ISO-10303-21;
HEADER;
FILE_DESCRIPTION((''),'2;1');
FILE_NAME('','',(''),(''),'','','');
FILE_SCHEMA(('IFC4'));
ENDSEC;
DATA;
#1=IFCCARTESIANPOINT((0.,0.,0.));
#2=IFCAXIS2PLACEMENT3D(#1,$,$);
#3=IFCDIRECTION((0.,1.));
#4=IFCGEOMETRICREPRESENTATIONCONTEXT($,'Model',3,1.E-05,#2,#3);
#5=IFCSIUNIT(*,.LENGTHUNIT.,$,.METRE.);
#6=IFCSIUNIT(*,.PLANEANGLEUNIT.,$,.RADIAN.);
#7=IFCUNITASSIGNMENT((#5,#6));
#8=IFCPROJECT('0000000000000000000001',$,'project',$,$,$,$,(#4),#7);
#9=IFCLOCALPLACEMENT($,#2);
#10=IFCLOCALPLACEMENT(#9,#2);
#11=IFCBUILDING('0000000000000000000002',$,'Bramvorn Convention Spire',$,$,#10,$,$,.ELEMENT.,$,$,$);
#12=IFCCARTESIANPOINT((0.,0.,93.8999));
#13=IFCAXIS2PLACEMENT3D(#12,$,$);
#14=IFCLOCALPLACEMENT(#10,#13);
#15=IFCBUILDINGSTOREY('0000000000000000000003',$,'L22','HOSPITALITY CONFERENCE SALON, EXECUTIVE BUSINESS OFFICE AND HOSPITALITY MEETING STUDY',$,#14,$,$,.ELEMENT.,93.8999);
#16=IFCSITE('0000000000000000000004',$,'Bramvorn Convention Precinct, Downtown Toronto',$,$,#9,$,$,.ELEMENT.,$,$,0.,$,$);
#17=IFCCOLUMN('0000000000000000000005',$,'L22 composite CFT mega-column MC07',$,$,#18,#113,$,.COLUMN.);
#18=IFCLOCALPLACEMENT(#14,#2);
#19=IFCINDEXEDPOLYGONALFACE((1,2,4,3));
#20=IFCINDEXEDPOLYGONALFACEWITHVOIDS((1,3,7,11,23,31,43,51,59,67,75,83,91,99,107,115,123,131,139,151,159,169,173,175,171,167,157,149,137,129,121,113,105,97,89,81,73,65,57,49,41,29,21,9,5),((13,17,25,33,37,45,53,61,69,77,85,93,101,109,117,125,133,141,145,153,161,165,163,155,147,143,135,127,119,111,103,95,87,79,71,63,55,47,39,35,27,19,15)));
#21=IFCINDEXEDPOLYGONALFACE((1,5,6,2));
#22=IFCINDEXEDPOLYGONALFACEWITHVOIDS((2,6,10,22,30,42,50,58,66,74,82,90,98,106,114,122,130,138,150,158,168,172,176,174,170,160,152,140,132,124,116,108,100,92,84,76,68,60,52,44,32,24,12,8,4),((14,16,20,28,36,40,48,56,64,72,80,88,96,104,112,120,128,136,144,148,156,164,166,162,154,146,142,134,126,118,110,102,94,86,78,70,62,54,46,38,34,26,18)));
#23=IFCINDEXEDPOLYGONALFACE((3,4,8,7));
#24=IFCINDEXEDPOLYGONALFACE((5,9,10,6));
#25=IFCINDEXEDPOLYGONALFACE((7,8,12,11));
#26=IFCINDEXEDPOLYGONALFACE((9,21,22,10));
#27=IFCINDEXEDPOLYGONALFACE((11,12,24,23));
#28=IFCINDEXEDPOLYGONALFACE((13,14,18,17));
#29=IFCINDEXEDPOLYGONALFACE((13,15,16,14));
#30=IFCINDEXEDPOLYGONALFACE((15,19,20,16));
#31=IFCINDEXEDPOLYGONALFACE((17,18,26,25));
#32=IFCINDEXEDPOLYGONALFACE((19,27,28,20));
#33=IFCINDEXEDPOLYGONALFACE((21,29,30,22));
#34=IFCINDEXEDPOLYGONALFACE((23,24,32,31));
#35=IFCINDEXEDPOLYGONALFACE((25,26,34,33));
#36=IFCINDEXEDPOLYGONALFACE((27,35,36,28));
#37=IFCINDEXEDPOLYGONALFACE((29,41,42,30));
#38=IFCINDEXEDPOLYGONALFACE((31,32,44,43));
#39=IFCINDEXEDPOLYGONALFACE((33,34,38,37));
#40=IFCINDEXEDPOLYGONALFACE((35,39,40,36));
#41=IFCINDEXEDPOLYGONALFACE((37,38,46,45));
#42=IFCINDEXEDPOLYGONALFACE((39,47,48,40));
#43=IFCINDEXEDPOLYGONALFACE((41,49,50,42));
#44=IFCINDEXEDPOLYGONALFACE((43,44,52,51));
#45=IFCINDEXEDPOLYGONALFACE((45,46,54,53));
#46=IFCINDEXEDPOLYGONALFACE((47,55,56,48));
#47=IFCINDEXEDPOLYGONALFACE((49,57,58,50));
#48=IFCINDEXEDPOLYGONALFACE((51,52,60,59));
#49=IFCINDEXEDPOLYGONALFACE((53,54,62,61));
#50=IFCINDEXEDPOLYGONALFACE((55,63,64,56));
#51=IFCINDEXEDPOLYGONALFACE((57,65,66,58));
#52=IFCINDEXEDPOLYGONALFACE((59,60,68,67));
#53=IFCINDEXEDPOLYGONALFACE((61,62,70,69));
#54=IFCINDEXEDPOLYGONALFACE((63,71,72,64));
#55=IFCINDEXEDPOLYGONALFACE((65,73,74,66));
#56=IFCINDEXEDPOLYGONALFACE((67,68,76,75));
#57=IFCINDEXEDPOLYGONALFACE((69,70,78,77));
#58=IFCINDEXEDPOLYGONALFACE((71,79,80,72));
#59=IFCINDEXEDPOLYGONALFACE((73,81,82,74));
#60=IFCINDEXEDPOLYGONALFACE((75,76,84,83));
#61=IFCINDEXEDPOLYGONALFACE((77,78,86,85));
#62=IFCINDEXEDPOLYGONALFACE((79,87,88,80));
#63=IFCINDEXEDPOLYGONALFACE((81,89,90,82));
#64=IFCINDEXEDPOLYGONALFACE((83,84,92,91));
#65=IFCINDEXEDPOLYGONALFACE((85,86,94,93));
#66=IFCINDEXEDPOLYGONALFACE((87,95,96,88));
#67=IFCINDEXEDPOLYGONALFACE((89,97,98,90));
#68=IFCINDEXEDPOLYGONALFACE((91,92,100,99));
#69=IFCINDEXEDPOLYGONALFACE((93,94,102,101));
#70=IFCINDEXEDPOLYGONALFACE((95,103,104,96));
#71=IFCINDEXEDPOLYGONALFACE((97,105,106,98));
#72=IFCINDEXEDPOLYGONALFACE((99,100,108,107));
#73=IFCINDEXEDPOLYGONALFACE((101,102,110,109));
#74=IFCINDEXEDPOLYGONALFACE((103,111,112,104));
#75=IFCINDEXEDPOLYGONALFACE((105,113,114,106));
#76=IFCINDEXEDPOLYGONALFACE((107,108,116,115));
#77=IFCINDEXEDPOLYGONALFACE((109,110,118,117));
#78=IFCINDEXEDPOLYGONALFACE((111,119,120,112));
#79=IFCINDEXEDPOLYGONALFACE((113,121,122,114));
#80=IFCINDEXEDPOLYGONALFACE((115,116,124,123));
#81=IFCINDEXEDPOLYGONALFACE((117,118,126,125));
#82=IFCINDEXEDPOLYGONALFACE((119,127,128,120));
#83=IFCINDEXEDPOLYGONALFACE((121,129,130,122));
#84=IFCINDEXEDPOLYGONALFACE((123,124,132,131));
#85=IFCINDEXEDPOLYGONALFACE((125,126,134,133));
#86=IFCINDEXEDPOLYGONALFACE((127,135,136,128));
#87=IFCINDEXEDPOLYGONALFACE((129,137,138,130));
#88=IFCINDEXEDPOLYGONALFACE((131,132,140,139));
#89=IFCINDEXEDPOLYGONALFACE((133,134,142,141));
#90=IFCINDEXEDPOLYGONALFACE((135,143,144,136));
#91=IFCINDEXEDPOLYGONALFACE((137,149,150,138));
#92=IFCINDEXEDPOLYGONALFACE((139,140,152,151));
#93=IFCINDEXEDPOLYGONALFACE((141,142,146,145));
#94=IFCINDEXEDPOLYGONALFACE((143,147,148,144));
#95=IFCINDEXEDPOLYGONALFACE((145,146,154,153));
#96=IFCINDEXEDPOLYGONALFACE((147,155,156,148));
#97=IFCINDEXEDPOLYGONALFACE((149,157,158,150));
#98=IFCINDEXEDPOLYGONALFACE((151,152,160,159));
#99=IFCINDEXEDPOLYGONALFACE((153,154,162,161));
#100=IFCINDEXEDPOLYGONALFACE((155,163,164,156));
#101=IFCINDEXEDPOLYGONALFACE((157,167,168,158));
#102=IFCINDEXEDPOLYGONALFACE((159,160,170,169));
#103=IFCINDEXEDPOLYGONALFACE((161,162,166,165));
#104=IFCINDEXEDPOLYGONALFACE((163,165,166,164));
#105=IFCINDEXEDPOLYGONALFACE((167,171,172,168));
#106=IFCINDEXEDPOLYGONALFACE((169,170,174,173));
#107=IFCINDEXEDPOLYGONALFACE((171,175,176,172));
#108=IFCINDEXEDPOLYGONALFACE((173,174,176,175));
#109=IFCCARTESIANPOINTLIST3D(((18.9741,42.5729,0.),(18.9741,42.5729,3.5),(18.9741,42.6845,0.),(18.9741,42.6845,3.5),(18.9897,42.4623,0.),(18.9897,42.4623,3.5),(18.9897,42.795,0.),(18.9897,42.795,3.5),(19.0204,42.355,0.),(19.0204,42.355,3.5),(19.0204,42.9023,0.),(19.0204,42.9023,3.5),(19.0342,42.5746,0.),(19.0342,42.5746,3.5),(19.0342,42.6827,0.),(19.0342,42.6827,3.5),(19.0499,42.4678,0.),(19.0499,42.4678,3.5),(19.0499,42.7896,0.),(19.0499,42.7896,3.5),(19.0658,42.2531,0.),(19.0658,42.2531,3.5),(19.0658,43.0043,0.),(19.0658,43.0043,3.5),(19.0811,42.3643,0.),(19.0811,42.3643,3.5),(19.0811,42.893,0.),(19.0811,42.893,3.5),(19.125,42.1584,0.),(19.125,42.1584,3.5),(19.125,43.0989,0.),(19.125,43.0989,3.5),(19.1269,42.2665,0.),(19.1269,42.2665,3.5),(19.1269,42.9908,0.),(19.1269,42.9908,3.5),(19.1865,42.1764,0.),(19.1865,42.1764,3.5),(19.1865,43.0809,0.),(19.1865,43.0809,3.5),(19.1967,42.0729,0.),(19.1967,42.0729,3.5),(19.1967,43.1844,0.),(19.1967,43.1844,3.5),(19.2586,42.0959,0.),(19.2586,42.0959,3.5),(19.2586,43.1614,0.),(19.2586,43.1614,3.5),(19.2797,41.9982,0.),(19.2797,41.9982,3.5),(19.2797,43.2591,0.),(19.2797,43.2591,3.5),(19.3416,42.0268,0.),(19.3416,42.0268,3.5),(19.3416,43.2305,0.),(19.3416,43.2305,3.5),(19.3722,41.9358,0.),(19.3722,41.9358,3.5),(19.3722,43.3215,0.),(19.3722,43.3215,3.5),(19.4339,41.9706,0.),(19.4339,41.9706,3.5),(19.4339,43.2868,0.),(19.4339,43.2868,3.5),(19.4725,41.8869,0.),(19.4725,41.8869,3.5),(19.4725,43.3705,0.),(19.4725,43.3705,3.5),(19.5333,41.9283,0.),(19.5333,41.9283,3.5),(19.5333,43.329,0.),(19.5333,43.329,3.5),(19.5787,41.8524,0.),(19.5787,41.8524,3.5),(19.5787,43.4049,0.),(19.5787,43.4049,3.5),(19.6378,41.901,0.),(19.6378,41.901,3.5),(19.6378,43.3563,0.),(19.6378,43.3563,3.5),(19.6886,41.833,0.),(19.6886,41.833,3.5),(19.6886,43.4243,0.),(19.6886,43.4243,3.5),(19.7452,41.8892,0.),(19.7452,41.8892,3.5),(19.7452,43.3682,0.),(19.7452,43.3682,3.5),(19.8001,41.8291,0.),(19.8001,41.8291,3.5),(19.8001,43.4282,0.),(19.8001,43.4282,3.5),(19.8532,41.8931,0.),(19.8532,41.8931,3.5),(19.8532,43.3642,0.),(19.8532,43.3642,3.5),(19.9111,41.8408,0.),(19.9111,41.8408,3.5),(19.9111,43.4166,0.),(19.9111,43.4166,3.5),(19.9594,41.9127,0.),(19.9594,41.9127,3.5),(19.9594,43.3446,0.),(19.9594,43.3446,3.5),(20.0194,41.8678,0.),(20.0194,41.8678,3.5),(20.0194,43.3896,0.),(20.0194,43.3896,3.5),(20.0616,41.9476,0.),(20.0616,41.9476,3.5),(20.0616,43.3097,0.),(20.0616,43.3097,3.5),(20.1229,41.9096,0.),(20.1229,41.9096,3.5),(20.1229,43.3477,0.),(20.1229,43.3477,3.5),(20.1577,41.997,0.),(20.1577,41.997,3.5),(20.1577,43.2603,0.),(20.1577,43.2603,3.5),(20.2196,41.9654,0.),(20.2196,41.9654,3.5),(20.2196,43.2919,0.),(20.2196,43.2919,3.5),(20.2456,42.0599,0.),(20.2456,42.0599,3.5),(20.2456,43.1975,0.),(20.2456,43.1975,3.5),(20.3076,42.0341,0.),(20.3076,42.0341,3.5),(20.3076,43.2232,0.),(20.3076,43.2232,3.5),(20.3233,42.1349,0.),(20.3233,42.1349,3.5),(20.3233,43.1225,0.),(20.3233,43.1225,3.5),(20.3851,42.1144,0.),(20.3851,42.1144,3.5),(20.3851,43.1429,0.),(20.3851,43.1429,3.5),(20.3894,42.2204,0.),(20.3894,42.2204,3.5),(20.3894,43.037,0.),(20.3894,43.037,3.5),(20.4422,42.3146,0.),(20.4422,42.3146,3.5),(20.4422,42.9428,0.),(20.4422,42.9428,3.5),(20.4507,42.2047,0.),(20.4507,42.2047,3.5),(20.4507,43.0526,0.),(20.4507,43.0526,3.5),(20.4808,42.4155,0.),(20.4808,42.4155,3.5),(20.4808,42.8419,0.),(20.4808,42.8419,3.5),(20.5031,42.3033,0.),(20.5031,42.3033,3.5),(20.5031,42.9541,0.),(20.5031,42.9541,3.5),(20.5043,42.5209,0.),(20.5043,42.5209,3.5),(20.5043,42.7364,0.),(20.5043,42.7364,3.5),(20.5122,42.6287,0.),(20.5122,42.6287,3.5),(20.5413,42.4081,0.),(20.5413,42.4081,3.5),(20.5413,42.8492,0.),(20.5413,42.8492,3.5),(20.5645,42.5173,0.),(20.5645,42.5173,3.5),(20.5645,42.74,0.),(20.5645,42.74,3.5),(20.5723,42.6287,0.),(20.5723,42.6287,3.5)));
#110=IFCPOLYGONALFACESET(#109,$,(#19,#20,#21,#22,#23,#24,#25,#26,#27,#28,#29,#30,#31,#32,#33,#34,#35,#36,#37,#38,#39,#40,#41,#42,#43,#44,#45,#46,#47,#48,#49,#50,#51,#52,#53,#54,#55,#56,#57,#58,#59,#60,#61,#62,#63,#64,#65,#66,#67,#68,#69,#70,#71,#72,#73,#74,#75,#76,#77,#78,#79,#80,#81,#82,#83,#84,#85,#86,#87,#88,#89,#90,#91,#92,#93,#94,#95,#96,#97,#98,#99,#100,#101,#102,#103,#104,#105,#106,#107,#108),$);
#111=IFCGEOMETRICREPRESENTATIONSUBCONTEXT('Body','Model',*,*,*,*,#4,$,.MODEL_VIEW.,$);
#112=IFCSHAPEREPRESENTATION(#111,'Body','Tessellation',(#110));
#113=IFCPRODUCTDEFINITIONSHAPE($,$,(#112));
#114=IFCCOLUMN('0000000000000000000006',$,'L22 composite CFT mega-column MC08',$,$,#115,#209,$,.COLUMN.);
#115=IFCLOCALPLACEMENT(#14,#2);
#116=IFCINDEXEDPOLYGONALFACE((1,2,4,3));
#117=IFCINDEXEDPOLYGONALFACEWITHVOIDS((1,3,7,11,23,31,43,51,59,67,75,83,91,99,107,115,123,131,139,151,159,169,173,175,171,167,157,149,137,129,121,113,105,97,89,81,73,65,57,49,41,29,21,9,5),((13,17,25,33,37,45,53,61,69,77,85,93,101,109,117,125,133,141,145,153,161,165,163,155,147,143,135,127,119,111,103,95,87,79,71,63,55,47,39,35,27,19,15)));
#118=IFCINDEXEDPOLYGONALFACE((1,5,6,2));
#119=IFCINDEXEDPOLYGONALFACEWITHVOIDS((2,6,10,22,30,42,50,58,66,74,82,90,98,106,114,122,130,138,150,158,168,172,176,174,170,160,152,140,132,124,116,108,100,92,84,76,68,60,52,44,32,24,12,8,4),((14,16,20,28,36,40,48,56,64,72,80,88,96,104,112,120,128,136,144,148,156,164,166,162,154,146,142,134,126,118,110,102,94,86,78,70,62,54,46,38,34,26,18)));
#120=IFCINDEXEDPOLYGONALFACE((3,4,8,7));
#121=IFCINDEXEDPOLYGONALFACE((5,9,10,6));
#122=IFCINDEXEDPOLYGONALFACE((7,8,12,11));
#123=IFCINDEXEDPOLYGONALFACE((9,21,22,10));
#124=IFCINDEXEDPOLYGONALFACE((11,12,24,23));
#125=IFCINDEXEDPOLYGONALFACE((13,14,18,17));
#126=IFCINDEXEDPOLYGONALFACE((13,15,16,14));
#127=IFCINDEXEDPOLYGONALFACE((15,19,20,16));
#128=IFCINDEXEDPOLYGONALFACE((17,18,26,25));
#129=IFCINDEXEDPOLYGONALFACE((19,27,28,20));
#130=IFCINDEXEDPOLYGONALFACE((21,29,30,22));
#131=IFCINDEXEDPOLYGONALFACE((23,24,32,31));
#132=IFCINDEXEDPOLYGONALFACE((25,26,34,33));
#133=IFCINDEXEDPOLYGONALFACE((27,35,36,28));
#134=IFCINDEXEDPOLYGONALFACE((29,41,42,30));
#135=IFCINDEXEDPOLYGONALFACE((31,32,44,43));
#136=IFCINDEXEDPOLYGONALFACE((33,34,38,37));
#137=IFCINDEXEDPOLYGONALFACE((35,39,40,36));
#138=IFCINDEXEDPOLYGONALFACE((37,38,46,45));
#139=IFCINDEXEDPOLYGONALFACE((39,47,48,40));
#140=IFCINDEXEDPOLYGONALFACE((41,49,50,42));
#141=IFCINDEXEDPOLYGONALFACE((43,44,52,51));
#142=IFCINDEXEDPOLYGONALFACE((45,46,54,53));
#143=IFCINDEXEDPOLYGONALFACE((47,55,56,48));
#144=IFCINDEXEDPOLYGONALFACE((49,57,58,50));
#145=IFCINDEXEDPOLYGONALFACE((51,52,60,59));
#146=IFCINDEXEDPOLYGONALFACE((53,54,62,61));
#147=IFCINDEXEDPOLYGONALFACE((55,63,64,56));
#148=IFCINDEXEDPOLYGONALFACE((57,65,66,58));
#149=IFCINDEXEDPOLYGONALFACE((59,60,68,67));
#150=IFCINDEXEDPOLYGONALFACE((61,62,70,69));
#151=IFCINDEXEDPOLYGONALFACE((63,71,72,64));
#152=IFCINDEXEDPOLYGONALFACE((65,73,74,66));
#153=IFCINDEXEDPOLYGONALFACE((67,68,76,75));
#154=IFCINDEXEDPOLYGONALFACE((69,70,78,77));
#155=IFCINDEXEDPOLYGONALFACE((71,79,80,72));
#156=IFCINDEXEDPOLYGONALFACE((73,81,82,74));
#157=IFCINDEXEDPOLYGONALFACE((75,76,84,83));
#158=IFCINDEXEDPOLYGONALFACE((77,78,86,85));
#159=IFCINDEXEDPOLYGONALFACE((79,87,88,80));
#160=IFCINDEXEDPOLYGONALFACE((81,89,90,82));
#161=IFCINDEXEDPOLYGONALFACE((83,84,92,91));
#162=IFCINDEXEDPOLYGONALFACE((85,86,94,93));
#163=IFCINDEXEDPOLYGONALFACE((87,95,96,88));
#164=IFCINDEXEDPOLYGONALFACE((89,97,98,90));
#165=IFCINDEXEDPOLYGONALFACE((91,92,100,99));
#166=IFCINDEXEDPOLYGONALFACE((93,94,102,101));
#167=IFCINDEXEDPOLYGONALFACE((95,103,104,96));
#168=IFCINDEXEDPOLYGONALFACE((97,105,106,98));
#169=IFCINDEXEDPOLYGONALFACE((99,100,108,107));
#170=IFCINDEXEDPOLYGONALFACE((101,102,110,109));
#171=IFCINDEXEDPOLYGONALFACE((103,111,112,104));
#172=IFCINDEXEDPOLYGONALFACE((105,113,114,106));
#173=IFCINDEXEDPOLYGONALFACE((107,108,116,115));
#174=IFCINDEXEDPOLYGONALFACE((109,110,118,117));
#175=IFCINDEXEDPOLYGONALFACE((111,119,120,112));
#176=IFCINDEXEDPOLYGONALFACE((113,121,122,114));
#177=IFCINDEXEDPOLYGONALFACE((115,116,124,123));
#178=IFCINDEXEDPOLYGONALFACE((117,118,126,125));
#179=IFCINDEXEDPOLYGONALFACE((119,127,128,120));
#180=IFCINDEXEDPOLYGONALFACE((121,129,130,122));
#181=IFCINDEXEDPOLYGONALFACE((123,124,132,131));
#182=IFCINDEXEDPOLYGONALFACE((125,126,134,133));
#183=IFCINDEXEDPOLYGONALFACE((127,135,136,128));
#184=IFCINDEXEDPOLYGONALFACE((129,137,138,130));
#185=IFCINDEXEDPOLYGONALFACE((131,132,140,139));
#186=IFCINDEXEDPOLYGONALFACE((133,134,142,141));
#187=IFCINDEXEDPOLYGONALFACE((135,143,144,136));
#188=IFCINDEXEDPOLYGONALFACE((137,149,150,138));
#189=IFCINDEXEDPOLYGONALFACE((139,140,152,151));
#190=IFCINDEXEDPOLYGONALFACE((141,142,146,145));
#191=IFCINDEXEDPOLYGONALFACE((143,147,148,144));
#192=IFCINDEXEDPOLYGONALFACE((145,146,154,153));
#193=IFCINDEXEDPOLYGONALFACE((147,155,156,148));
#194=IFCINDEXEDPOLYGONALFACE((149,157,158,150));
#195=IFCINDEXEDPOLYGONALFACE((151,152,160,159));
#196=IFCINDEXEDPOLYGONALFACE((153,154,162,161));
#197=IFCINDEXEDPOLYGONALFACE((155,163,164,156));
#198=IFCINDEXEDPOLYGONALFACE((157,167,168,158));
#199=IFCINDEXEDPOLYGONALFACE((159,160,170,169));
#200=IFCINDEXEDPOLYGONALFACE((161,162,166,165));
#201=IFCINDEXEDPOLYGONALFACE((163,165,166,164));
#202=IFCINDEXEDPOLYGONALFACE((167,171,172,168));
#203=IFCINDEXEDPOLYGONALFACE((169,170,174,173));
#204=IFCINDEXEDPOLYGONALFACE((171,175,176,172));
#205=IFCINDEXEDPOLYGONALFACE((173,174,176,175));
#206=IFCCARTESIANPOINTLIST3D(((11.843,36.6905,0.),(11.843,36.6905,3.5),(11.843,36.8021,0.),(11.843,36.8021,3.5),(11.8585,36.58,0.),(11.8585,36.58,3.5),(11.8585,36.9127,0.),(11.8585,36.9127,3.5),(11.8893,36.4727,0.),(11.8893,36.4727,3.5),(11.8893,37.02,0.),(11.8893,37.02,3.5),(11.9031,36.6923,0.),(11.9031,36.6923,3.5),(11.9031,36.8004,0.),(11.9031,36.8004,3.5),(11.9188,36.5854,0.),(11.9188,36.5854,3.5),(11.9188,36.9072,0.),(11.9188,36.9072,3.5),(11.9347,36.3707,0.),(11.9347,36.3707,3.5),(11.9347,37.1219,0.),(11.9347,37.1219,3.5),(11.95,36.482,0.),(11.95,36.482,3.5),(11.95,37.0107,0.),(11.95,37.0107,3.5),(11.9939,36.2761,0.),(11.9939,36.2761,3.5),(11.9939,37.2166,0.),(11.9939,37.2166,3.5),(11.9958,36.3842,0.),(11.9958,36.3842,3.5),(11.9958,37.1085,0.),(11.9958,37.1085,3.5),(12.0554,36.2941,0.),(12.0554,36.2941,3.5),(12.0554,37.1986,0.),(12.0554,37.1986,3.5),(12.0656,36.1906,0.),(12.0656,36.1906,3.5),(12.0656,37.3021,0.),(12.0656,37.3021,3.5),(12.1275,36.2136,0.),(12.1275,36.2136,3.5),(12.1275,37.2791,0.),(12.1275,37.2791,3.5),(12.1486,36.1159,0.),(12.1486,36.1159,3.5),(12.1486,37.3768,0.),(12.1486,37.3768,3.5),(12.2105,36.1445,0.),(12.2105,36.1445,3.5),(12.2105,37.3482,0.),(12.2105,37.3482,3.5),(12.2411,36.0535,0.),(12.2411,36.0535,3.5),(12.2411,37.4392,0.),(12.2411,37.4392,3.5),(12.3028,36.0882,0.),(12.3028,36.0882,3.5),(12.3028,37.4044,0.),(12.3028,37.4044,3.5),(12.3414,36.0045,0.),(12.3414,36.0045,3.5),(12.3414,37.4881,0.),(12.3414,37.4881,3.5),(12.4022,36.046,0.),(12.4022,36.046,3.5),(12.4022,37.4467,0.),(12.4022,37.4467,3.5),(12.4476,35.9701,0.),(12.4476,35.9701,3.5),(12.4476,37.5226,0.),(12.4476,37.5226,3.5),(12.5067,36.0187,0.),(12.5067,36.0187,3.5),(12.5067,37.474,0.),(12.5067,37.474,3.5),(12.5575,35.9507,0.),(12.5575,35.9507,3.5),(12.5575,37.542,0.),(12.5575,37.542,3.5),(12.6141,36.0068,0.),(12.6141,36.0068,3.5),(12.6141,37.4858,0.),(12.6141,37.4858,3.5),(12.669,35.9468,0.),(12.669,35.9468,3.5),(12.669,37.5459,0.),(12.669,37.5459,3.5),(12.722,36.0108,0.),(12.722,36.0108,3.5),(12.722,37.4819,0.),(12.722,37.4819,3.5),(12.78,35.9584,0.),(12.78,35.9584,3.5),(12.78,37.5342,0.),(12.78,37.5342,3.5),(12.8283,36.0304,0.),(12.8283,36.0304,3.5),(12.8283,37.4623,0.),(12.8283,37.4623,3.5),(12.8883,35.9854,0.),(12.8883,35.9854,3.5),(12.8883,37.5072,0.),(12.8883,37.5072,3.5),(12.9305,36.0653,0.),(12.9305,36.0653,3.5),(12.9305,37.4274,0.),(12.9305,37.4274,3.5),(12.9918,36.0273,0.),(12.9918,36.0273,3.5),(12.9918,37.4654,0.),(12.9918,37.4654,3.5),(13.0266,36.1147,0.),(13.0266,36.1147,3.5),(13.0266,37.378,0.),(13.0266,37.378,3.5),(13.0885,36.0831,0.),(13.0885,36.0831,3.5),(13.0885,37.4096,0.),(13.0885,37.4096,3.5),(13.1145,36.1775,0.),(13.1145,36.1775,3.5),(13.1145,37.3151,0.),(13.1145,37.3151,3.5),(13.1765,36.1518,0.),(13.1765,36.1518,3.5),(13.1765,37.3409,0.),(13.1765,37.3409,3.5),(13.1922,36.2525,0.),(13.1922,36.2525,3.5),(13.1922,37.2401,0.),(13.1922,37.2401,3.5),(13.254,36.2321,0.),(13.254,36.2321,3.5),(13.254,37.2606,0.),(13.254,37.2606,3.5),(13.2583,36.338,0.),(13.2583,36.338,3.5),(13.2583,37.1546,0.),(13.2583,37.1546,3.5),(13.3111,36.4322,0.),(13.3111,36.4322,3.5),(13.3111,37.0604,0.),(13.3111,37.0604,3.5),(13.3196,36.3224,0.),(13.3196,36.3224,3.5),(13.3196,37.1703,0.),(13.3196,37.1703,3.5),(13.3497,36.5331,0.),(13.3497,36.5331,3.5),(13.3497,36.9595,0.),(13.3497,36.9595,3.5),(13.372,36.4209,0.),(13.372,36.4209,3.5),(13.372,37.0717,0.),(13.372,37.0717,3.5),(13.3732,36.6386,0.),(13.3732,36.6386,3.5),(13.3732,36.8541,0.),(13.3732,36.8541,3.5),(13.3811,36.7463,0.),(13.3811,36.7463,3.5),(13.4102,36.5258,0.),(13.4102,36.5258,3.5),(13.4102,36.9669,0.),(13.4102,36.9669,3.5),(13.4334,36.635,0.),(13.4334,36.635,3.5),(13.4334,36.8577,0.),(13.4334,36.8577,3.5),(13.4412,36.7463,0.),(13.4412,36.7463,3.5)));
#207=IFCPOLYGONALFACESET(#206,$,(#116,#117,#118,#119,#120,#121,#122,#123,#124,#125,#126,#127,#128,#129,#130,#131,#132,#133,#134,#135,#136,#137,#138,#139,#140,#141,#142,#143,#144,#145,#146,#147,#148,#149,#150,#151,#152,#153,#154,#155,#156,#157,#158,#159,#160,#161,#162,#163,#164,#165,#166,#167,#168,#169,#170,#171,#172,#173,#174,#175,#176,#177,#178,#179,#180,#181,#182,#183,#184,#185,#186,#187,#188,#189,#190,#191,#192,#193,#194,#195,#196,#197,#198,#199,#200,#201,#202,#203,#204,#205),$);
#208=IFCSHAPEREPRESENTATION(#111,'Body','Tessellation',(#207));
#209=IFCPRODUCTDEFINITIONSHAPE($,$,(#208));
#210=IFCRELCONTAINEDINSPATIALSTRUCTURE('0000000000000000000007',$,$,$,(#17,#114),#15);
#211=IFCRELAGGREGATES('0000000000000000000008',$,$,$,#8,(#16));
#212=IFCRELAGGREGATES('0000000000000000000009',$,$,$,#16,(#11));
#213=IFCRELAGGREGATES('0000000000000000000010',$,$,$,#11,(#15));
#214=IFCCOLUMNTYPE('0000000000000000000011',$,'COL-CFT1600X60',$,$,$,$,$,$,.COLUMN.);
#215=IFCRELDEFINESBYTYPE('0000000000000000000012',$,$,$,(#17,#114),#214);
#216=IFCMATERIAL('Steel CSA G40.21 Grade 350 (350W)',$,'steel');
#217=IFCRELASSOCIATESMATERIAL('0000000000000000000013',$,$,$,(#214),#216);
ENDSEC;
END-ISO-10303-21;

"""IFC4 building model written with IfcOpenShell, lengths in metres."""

from ifc_helpers import new_model, si_unit, direction, frame, origin, origin_2d, place, context, subcontext, project, spatial, hollow_circle, extrude, material, material_profile, profile_set, type_object, element, save


model = new_model("IFC4")

# Units and contexts
model_context = context("Model", 3, precision=1e-05, world=origin(), true_north=direction((0.0, 1.0)))
body_context = subcontext(model_context, "Body", "Model", "MODEL_VIEW")
ifc_project = project(units=[si_unit("LENGTHUNIT", "METRE"), si_unit("PLANEANGLEUNIT", "RADIAN")], contexts=[model_context])

# Site, building, storey
site_placement = place(None, origin())
site = spatial("IfcSite", under=ifc_project, at=site_placement, Name="Bramvorn Convention Precinct, Downtown Toronto", CompositionType="ELEMENT", RefElevation=0.0)
building_placement = place(site_placement, origin())
building = spatial("IfcBuilding", under=site, at=building_placement, Name="Bramvorn Convention Spire", CompositionType="ELEMENT")
storey_placement = place(building_placement, frame((0.0, 0.0, 93.8999)))
storey = spatial("IfcBuildingStorey", under=building, at=storey_placement, Name="L22", Description="HOSPITALITY CONFERENCE SALON, EXECUTIVE BUSINESS OFFICE AND HOSPITALITY MEETING STUDY", CompositionType="ELEMENT", Elevation=93.8999)

# Columns
ifc_material_1 = material(Name="Steel CSA G40.21 Grade 350 (350W)", Category="steel")
ifc_material_profile_1 = material_profile(ifc_material_1, hollow_circle(Radius=0.8, WallThickness=0.0601, at=origin_2d()))
ifc_profile_set_1 = profile_set([ifc_material_profile_1], Name="Steel CSA G40.21 Grade 350 (350W) - CFT1600X60")
column_type = type_object("IfcColumnType", Name="COL-CFT1600X60", PredefinedType="COLUMN", material=ifc_profile_set_1)
for number, where, z_axis, x_axis, name in (
    (1, (19.7722, 42.6287, 0.0), (0.0, 0.0, 1.0), (1.0, 0.0, 0.0), "L22 composite CFT mega-column MC07"),
    (2, (12.6411, 36.7463, 0.0), (0.0, 0.0, 1.0), (1.0, 0.0, 0.0), "L22 composite CFT mega-column MC08"),
):
    element("IfcColumn", number, at=place(storey_placement, frame(where, z_axis=z_axis, x_axis=x_axis)), inside=storey, type_object=column_type, Name=name, PredefinedType="COLUMN", context=body_context, shape_type="SweptSolid", body=[
        extrude(hollow_circle(Radius=0.8, WallThickness=0.0601, at=origin_2d()), origin(), (0.0, 0.0, 1.0), 3.5),
    ])

save(model, "model.ifc")
